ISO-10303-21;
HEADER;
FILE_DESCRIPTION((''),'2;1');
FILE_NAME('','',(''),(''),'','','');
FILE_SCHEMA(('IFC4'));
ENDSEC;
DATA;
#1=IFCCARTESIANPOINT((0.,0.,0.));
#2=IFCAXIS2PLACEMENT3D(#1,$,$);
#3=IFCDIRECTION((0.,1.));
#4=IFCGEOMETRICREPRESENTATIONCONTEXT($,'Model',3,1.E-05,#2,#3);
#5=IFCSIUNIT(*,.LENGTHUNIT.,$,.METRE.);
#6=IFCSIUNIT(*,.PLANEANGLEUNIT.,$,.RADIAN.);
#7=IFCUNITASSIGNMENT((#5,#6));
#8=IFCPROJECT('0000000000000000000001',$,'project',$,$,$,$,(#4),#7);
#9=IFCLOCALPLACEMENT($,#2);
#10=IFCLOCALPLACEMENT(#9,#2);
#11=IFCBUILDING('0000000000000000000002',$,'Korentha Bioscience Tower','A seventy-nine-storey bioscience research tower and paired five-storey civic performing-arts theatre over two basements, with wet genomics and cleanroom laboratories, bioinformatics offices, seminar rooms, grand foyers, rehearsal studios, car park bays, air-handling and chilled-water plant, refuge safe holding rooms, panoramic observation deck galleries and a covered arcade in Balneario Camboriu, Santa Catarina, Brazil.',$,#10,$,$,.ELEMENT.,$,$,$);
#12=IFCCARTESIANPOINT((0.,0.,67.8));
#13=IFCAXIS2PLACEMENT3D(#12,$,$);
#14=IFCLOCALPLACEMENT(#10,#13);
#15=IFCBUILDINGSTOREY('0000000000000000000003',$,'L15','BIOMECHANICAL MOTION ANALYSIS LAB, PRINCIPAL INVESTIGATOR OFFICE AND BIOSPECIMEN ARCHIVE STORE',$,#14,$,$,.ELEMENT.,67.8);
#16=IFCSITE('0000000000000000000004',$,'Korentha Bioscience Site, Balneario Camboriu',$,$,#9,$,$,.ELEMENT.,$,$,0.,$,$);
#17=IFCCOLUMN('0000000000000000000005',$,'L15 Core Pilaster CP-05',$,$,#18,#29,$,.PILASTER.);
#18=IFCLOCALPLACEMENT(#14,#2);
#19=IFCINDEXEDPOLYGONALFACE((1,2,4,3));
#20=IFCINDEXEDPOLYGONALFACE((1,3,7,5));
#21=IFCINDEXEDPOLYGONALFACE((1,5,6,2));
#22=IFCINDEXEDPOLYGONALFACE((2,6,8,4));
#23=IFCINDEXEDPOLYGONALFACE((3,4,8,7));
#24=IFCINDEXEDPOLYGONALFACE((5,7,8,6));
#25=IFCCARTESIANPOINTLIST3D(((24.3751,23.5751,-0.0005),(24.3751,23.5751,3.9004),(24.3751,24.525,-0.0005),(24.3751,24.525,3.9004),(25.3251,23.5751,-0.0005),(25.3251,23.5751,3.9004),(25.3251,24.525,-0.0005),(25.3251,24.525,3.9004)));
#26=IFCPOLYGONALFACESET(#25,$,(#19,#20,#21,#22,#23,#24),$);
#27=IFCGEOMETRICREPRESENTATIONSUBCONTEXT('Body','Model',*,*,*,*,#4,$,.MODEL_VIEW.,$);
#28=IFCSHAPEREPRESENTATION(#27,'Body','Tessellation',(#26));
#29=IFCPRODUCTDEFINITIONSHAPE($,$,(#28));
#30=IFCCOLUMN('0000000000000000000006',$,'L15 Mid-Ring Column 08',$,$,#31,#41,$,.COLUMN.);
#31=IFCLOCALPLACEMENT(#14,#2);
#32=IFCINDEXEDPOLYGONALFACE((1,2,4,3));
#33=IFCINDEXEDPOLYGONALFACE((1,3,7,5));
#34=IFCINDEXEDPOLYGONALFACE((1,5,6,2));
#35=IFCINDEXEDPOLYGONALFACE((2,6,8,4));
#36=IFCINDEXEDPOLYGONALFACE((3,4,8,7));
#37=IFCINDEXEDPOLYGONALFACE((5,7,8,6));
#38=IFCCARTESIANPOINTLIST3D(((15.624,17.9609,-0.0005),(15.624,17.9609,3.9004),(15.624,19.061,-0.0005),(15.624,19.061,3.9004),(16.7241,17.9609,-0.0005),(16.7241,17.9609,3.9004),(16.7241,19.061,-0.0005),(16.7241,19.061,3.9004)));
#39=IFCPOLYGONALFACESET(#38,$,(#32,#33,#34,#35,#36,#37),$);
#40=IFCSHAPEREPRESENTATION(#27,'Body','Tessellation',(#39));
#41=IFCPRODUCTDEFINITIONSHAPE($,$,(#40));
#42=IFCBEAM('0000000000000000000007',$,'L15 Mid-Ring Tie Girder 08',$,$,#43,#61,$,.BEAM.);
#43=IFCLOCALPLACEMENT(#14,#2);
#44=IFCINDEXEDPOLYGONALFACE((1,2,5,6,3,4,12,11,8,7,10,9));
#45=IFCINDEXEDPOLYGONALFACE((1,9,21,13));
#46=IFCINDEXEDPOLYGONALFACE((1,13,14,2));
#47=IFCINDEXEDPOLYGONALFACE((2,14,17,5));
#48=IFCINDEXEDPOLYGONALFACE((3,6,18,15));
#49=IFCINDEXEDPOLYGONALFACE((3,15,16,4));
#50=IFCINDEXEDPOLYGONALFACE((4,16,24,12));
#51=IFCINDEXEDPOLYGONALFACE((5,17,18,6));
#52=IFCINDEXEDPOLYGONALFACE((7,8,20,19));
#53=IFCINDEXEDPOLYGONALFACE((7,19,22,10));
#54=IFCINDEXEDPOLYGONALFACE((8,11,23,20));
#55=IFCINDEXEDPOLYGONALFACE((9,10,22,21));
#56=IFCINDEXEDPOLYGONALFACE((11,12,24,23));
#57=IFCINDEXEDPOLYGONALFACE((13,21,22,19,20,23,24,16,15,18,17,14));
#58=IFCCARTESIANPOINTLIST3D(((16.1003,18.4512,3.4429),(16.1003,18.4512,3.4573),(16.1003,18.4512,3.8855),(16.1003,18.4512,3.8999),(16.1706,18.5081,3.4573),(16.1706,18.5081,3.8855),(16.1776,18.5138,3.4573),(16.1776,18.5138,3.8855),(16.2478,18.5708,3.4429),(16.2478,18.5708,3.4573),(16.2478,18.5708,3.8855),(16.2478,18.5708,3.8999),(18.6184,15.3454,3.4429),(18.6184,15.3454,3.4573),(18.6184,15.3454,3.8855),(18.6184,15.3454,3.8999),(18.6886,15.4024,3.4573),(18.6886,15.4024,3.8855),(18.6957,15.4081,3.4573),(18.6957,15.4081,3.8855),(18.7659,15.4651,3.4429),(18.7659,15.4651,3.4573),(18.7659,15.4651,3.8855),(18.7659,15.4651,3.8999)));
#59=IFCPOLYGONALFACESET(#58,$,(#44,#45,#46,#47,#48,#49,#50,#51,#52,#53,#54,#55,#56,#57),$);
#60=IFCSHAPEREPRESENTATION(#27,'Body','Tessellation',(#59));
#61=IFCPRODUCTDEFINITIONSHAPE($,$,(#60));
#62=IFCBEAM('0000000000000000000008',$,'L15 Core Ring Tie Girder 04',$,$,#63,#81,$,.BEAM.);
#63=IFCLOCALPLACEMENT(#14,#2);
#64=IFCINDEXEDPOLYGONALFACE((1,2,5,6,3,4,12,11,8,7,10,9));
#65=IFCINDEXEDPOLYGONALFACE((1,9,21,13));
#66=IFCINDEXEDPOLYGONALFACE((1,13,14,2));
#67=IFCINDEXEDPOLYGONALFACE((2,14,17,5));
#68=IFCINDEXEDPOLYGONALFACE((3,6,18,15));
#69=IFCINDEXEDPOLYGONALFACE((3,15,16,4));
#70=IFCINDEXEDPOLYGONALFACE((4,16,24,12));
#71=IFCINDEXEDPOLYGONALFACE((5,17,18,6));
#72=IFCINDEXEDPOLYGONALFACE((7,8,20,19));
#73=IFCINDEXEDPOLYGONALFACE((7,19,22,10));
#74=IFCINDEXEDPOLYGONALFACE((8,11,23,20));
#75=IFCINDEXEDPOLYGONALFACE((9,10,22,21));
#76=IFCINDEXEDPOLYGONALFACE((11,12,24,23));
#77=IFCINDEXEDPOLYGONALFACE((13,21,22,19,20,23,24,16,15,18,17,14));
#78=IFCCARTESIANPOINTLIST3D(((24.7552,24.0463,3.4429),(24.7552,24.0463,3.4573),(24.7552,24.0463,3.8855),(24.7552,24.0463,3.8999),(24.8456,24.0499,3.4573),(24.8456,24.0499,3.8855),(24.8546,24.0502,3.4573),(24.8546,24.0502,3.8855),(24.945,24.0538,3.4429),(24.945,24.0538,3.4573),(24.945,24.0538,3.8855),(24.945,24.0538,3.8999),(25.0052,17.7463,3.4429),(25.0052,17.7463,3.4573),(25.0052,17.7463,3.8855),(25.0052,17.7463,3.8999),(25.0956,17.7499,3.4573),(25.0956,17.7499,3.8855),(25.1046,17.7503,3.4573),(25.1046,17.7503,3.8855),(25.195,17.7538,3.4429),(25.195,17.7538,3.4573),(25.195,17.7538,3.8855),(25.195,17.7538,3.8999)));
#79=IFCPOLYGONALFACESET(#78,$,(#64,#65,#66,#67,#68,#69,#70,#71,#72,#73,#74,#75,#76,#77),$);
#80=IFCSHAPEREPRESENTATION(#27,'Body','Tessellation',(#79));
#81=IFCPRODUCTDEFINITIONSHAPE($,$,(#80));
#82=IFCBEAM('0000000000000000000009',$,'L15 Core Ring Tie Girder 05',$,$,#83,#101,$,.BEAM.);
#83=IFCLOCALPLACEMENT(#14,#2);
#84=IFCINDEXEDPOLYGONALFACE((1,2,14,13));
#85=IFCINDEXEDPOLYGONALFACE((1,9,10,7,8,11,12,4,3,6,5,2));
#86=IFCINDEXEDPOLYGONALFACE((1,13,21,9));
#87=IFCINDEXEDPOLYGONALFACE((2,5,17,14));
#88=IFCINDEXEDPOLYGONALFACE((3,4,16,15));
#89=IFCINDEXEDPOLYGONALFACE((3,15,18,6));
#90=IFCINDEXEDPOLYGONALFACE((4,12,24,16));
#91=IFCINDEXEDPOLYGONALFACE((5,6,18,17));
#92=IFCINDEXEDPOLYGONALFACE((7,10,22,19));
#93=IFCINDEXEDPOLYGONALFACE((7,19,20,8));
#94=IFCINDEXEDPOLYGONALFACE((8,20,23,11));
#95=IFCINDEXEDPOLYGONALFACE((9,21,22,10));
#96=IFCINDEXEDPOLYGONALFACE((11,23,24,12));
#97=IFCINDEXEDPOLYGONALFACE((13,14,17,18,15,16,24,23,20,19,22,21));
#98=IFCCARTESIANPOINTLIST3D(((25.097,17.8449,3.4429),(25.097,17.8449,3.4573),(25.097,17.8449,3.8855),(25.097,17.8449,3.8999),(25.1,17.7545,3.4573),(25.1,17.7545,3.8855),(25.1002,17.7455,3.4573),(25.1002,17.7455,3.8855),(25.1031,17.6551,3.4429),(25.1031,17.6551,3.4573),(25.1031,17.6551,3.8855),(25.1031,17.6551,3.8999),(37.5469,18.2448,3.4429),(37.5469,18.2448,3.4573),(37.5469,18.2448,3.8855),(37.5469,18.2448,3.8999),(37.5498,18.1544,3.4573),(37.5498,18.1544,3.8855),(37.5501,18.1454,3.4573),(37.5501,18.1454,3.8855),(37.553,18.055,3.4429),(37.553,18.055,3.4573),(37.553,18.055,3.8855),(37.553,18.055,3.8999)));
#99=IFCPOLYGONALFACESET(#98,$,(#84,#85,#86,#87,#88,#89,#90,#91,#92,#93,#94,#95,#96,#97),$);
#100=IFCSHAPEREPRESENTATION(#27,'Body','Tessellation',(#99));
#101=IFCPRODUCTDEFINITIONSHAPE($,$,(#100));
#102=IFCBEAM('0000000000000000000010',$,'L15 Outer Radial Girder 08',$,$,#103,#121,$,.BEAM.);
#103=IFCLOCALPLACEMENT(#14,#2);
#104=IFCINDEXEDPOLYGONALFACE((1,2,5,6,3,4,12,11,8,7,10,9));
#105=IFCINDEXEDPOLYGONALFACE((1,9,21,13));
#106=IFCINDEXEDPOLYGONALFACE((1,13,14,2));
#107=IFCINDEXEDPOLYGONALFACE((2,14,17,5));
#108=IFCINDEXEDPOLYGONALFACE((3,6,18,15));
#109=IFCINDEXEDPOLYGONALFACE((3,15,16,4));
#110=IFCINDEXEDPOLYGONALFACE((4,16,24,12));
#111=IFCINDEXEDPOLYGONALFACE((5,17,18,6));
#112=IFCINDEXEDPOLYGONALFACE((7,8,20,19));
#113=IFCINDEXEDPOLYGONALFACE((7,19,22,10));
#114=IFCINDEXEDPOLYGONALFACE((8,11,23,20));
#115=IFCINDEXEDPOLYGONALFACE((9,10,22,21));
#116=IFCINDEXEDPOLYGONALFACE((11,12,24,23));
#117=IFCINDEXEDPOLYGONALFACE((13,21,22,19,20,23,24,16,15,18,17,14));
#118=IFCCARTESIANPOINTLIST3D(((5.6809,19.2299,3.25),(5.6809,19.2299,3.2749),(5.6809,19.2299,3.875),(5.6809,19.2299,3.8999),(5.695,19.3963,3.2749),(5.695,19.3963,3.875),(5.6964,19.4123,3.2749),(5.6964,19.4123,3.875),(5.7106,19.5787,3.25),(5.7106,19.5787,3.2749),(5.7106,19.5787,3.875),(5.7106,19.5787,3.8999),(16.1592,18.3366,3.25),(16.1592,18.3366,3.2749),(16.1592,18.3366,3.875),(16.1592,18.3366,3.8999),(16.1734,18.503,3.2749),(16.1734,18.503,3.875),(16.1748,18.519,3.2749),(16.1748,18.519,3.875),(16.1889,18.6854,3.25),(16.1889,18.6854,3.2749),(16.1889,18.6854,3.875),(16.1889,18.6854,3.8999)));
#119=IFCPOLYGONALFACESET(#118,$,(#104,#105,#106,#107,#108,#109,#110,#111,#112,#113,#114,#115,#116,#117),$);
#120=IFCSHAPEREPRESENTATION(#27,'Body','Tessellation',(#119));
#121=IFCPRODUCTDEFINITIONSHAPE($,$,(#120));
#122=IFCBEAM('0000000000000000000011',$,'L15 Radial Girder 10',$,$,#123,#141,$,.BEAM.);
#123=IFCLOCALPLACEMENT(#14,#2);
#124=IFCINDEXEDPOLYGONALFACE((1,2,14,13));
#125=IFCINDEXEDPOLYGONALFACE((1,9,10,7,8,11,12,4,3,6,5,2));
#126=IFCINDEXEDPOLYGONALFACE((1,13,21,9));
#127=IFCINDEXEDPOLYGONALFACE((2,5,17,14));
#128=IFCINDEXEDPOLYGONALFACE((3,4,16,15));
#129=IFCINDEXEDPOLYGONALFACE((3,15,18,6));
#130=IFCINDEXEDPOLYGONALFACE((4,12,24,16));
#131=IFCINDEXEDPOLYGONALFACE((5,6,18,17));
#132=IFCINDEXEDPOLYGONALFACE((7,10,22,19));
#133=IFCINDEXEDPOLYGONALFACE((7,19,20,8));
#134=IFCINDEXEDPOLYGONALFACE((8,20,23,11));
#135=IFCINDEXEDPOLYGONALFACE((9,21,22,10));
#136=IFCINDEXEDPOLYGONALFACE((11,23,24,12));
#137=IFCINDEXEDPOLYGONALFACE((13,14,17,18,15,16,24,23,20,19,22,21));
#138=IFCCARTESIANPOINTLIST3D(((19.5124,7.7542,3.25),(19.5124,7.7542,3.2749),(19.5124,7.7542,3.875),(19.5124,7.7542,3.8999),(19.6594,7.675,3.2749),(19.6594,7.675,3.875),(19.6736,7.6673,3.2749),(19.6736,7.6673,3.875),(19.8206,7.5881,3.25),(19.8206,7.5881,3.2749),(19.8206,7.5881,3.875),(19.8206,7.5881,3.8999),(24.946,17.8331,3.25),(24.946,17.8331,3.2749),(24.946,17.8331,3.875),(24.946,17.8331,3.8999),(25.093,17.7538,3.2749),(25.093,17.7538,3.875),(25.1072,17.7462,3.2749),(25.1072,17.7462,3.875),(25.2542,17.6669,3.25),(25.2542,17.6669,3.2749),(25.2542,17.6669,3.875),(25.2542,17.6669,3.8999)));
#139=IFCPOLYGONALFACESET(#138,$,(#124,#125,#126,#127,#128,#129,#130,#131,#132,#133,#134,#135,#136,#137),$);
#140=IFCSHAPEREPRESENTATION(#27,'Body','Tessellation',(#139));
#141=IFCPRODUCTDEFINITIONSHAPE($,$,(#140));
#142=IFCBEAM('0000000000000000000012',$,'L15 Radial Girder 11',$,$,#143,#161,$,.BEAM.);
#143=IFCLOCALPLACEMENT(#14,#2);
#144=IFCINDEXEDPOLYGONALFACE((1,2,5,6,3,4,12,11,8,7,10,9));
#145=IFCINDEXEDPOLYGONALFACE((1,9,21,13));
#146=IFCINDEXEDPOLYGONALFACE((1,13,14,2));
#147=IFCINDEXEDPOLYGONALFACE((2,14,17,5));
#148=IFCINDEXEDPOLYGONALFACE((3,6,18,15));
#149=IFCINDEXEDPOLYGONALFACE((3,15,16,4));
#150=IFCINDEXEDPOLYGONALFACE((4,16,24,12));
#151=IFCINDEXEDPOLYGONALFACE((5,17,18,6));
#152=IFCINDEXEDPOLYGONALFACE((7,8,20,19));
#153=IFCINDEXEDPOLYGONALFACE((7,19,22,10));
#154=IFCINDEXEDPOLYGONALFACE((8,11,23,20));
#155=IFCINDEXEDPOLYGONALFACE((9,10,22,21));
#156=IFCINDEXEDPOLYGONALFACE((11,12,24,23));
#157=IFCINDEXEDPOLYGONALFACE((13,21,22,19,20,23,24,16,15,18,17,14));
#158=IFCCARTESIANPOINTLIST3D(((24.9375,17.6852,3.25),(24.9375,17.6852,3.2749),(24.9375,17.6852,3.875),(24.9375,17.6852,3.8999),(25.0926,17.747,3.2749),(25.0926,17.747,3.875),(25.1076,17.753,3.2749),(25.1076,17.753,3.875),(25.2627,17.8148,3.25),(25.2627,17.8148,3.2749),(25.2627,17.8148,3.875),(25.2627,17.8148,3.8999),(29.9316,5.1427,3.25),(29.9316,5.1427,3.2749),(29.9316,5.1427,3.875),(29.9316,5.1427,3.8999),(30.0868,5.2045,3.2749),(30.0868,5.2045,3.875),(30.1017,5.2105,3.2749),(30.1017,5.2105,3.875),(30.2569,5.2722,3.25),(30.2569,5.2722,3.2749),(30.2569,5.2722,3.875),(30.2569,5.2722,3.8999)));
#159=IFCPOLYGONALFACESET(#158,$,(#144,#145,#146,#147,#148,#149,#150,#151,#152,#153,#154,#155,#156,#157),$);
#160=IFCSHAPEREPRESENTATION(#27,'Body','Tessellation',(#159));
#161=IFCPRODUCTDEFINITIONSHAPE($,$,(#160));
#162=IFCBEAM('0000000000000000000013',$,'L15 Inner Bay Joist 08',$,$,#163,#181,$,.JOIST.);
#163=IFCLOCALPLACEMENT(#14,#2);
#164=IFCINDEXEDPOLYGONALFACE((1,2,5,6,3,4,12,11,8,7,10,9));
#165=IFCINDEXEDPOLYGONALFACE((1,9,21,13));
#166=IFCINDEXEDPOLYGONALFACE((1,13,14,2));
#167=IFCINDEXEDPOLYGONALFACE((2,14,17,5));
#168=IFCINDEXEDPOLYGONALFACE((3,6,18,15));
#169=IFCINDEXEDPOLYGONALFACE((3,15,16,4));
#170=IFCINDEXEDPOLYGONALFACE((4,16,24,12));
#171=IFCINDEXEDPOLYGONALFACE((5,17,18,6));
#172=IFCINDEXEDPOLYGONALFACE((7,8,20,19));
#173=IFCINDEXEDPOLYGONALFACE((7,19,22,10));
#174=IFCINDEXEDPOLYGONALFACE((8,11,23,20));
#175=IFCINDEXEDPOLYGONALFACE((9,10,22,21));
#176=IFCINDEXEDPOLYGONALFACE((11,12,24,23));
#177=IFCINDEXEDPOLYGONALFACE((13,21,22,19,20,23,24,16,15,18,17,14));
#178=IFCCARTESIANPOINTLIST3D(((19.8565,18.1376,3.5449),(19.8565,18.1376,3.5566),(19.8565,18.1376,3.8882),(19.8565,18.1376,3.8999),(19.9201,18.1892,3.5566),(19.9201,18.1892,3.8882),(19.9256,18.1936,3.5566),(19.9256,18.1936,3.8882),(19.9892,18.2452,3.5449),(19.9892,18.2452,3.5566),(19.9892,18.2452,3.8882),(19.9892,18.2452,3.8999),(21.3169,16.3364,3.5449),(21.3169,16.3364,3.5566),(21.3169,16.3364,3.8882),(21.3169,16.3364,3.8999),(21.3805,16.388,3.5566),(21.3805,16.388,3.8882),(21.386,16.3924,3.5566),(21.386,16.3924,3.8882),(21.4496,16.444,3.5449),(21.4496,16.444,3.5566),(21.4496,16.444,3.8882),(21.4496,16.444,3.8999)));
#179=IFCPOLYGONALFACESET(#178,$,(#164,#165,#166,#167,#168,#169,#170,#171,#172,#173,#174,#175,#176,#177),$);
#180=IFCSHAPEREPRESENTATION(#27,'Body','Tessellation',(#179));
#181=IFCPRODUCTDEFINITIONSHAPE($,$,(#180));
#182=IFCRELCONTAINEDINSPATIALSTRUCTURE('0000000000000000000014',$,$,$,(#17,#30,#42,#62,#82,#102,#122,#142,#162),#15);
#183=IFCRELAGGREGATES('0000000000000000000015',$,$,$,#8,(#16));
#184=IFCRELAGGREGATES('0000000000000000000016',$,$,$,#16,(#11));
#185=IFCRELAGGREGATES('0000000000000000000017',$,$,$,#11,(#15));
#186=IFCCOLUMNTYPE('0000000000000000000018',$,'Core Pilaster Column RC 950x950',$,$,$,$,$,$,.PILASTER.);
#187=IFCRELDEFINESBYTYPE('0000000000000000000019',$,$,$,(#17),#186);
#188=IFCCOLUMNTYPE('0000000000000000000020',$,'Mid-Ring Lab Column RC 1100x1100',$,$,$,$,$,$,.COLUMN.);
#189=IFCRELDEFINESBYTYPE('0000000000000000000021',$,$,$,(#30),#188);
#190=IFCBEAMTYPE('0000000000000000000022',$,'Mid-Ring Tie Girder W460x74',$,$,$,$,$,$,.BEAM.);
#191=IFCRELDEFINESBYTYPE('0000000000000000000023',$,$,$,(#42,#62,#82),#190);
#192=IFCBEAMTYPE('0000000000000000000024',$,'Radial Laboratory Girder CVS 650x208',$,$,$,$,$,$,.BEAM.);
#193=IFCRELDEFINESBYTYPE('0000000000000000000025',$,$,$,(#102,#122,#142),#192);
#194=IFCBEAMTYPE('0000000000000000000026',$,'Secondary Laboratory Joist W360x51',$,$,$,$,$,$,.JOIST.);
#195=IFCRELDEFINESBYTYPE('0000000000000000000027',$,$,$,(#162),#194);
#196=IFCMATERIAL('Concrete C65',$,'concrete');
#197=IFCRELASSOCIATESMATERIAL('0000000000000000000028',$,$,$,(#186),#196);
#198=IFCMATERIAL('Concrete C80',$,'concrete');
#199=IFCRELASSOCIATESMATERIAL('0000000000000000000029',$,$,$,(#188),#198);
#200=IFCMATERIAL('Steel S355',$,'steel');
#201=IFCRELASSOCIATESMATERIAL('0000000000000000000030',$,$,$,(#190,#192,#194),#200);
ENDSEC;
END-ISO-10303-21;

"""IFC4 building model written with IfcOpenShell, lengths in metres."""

from ifc_helpers import new_model, si_unit, direction, frame, origin, origin_2d, place, context, subcontext, project, spatial, rectangle, i_section, extrude, material, material_profile, profile_set, type_object, element, save


model = new_model("IFC4")

# Units and contexts
model_context = context("Model", 3, precision=1e-05, world=origin(), true_north=direction((0.0, 1.0)))
body_context = subcontext(model_context, "Body", "Model", "MODEL_VIEW")
ifc_project = project(units=[si_unit("LENGTHUNIT", "METRE"), si_unit("PLANEANGLEUNIT", "RADIAN")], contexts=[model_context])

# Site, building, storey
site_placement = place(None, origin())
site = spatial("IfcSite", under=ifc_project, at=site_placement, Name="Korentha Bioscience Site, Balneario Camboriu", CompositionType="ELEMENT", RefElevation=0.0)
building_placement = place(site_placement, origin())
building = spatial("IfcBuilding", under=site, at=building_placement, Name="Korentha Bioscience Tower", Description="A seventy-nine-storey bioscience research tower and paired five-storey civic performing-arts theatre over two basements, with wet genomics and cleanroom laboratories, bioinformatics offices, seminar rooms, grand foyers, rehearsal studios, car park bays, air-handling and chilled-water plant, refuge safe holding rooms, panoramic observation deck galleries and a covered arcade in Balneario Camboriu, Santa Catarina, Brazil.", CompositionType="ELEMENT")
storey_placement = place(building_placement, frame((0.0, 0.0, 67.8)))
storey = spatial("IfcBuildingStorey", under=building, at=storey_placement, Name="L15", Description="BIOMECHANICAL MOTION ANALYSIS LAB, PRINCIPAL INVESTIGATOR OFFICE AND BIOSPECIMEN ARCHIVE STORE", CompositionType="ELEMENT", Elevation=67.8)

# Columns
ifc_material_1 = material(Name="Concrete C65", Category="concrete")
ifc_material_profile_1 = material_profile(ifc_material_1, rectangle(XDim=0.95, YDim=0.95, at=origin_2d()), Name="Concrete C65")
ifc_profile_set_1 = profile_set([ifc_material_profile_1], Name="Concrete C65 (COL-CP09)")
column_type_1 = type_object("IfcColumnType", Name="Core Pilaster Column RC 950x950", PredefinedType="PILASTER", material=ifc_profile_set_1)
column_1_placement = place(storey_placement, frame((24.8501, 24.05, -0.0005), z_axis=(0.0, 0.0, 1.0), x_axis=(1.0, 0.0, 0.0)))
element("IfcColumn", 1, at=column_1_placement, inside=storey, type_object=column_type_1, Name="L15 Core Pilaster CP-05", PredefinedType="PILASTER", context=body_context, shape_type="SweptSolid", body=[
    extrude(rectangle(XDim=0.95, YDim=0.95, at=origin_2d()), origin(), (0.0, 0.0, 1.0), 3.9009),
])
ifc_material_2 = material(Name="Concrete C80", Category="concrete")
ifc_material_profile_2 = material_profile(ifc_material_2, rectangle(XDim=1.1001, YDim=1.1001, at=origin_2d()), Name="Concrete C80")
ifc_profile_set_2 = profile_set([ifc_material_profile_2], Name="Concrete C80 (COL-MR11)")
column_type_2 = type_object("IfcColumnType", Name="Mid-Ring Lab Column RC 1100x1100", PredefinedType="COLUMN", material=ifc_profile_set_2)
column_2_placement = place(storey_placement, frame((16.1741, 18.511, -0.0005), z_axis=(0.0, 0.0, 1.0), x_axis=(1.0, 0.0, 0.0)))
element("IfcColumn", 2, at=column_2_placement, inside=storey, type_object=column_type_2, Name="L15 Mid-Ring Column 08", PredefinedType="COLUMN", context=body_context, shape_type="SweptSolid", body=[
    extrude(rectangle(XDim=1.1001, YDim=1.1001, at=origin_2d()), origin(), (0.0, 0.0, 1.0), 3.9009),
])

# Beams
ifc_material_3 = material(Name="Steel S355", Category="steel")
ifc_material_profile_3 = material_profile(ifc_material_3, i_section(OverallWidth=0.1899, OverallDepth=0.457, WebThickness=0.009, FlangeThickness=0.0144, at=origin_2d()), Name="Steel S355")
ifc_profile_set_3 = profile_set([ifc_material_profile_3], Name="Steel S355 (MB-460)")
beam_type_1 = type_object("IfcBeamType", Name="Mid-Ring Tie Girder W460x74", PredefinedType="BEAM", material=ifc_profile_set_3)
beam_1_placement = place(storey_placement, frame((16.1741, 18.511, 3.6714), z_axis=(0.62979, -0.776765, 0.0), x_axis=(0.776765, 0.62979, 0.0)))
element("IfcBeam", 3, at=beam_1_placement, inside=storey, type_object=beam_type_1, Name="L15 Mid-Ring Tie Girder 08", PredefinedType="BEAM", context=body_context, shape_type="SweptSolid", body=[
    extrude(i_section(OverallWidth=0.1899, OverallDepth=0.457, WebThickness=0.009, FlangeThickness=0.0144, at=origin_2d()), origin(), (0.0, 0.0, 1.0), 3.9983),
])
beam_2_placement = place(storey_placement, frame((24.8501, 24.05, 3.6714), z_axis=(0.039651, -0.999214, 0.0), x_axis=(0.999214, 0.039651, 0.0)))
element("IfcBeam", 4, at=beam_2_placement, inside=storey, type_object=beam_type_1, Name="L15 Core Ring Tie Girder 04", PredefinedType="BEAM", context=body_context, shape_type="SweptSolid", body=[
    extrude(i_section(OverallWidth=0.1899, OverallDepth=0.457, WebThickness=0.009, FlangeThickness=0.0144, at=origin_2d()), origin(), (0.0, 0.0, 1.0), 6.3049),
])
beam_3_placement = place(storey_placement, frame((25.1001, 17.75, 3.6714), z_axis=(0.999485, 0.032104, 0.0), x_axis=(-0.032104, 0.999485, 0.0)))
element("IfcBeam", 5, at=beam_3_placement, inside=storey, type_object=beam_type_1, Name="L15 Core Ring Tie Girder 05", PredefinedType="BEAM", context=body_context, shape_type="SweptSolid", body=[
    extrude(i_section(OverallWidth=0.1899, OverallDepth=0.457, WebThickness=0.009, FlangeThickness=0.0144, at=origin_2d()), origin(), (0.0, 0.0, 1.0), 12.4563),
])
ifc_material_profile_4 = material_profile(ifc_material_3, i_section(OverallWidth=0.3501, OverallDepth=0.6499, WebThickness=0.0161, FlangeThickness=0.0249, at=origin_2d()), Name="Steel S355")
ifc_profile_set_4 = profile_set([ifc_material_profile_4], Name="Steel S355 (RB-650)")
beam_type_2 = type_object("IfcBeamType", Name="Radial Laboratory Girder CVS 650x208", PredefinedType="BEAM", material=ifc_profile_set_4)
beam_4_placement = place(storey_placement, frame((16.1741, 18.511, 3.575), z_axis=(-0.996386, 0.084945, 0.0), x_axis=(-0.084945, -0.996386, 0.0)))
element("IfcBeam", 6, at=beam_4_placement, inside=storey, type_object=beam_type_2, Name="L15 Outer Radial Girder 08", PredefinedType="BEAM", context=body_context, shape_type="SweptSolid", body=[
    extrude(i_section(OverallWidth=0.3501, OverallDepth=0.6499, WebThickness=0.0161, FlangeThickness=0.0249, at=origin_2d()), origin(), (0.0, 0.0, 1.0), 10.5164),
])
beam_5_placement = place(storey_placement, frame((25.1001, 17.75, 3.575), z_axis=(-0.474541, -0.880233, 0.0), x_axis=(0.880233, -0.474541, 0.0)))
element("IfcBeam", 7, at=beam_5_placement, inside=storey, type_object=beam_type_2, Name="L15 Radial Girder 10", PredefinedType="BEAM", context=body_context, shape_type="SweptSolid", body=[
    extrude(i_section(OverallWidth=0.3501, OverallDepth=0.6499, WebThickness=0.0161, FlangeThickness=0.0249, at=origin_2d()), origin(), (0.0, 0.0, 1.0), 11.4502),
])
beam_6_placement = place(storey_placement, frame((25.1001, 17.75, 3.575), z_axis=(0.369931, -0.929059, 0.0), x_axis=(0.929059, 0.369931, 0.0)))
element("IfcBeam", 8, at=beam_6_placement, inside=storey, type_object=beam_type_2, Name="L15 Radial Girder 11", PredefinedType="BEAM", context=body_context, shape_type="SweptSolid", body=[
    extrude(i_section(OverallWidth=0.3501, OverallDepth=0.6499, WebThickness=0.0161, FlangeThickness=0.0249, at=origin_2d()), origin(), (0.0, 0.0, 1.0), 13.5002),
])
ifc_material_profile_5 = material_profile(ifc_material_3, i_section(OverallWidth=0.1709, OverallDepth=0.355, WebThickness=0.0071, FlangeThickness=0.0117, at=origin_2d()), Name="Steel S355")
ifc_profile_set_5 = profile_set([ifc_material_profile_5], Name="Steel S355 (JB-360)")
beam_type_3 = type_object("IfcBeamType", Name="Secondary Laboratory Joist W360x51", PredefinedType="JOIST", material=ifc_profile_set_5)
beam_7_placement = place(storey_placement, frame((19.9229, 18.1914, 3.7224), z_axis=(0.629792, -0.776764, 0.0), x_axis=(0.776764, 0.629792, 0.0)))
element("IfcBeam", 9, at=beam_7_placement, inside=storey, type_object=beam_type_3, Name="L15 Inner Bay Joist 08", PredefinedType="JOIST", context=body_context, shape_type="SweptSolid", body=[
    extrude(i_section(OverallWidth=0.1709, OverallDepth=0.355, WebThickness=0.0071, FlangeThickness=0.0117, at=origin_2d()), origin(), (0.0, 0.0, 1.0), 2.3188),
])

save(model, "model.ifc")
